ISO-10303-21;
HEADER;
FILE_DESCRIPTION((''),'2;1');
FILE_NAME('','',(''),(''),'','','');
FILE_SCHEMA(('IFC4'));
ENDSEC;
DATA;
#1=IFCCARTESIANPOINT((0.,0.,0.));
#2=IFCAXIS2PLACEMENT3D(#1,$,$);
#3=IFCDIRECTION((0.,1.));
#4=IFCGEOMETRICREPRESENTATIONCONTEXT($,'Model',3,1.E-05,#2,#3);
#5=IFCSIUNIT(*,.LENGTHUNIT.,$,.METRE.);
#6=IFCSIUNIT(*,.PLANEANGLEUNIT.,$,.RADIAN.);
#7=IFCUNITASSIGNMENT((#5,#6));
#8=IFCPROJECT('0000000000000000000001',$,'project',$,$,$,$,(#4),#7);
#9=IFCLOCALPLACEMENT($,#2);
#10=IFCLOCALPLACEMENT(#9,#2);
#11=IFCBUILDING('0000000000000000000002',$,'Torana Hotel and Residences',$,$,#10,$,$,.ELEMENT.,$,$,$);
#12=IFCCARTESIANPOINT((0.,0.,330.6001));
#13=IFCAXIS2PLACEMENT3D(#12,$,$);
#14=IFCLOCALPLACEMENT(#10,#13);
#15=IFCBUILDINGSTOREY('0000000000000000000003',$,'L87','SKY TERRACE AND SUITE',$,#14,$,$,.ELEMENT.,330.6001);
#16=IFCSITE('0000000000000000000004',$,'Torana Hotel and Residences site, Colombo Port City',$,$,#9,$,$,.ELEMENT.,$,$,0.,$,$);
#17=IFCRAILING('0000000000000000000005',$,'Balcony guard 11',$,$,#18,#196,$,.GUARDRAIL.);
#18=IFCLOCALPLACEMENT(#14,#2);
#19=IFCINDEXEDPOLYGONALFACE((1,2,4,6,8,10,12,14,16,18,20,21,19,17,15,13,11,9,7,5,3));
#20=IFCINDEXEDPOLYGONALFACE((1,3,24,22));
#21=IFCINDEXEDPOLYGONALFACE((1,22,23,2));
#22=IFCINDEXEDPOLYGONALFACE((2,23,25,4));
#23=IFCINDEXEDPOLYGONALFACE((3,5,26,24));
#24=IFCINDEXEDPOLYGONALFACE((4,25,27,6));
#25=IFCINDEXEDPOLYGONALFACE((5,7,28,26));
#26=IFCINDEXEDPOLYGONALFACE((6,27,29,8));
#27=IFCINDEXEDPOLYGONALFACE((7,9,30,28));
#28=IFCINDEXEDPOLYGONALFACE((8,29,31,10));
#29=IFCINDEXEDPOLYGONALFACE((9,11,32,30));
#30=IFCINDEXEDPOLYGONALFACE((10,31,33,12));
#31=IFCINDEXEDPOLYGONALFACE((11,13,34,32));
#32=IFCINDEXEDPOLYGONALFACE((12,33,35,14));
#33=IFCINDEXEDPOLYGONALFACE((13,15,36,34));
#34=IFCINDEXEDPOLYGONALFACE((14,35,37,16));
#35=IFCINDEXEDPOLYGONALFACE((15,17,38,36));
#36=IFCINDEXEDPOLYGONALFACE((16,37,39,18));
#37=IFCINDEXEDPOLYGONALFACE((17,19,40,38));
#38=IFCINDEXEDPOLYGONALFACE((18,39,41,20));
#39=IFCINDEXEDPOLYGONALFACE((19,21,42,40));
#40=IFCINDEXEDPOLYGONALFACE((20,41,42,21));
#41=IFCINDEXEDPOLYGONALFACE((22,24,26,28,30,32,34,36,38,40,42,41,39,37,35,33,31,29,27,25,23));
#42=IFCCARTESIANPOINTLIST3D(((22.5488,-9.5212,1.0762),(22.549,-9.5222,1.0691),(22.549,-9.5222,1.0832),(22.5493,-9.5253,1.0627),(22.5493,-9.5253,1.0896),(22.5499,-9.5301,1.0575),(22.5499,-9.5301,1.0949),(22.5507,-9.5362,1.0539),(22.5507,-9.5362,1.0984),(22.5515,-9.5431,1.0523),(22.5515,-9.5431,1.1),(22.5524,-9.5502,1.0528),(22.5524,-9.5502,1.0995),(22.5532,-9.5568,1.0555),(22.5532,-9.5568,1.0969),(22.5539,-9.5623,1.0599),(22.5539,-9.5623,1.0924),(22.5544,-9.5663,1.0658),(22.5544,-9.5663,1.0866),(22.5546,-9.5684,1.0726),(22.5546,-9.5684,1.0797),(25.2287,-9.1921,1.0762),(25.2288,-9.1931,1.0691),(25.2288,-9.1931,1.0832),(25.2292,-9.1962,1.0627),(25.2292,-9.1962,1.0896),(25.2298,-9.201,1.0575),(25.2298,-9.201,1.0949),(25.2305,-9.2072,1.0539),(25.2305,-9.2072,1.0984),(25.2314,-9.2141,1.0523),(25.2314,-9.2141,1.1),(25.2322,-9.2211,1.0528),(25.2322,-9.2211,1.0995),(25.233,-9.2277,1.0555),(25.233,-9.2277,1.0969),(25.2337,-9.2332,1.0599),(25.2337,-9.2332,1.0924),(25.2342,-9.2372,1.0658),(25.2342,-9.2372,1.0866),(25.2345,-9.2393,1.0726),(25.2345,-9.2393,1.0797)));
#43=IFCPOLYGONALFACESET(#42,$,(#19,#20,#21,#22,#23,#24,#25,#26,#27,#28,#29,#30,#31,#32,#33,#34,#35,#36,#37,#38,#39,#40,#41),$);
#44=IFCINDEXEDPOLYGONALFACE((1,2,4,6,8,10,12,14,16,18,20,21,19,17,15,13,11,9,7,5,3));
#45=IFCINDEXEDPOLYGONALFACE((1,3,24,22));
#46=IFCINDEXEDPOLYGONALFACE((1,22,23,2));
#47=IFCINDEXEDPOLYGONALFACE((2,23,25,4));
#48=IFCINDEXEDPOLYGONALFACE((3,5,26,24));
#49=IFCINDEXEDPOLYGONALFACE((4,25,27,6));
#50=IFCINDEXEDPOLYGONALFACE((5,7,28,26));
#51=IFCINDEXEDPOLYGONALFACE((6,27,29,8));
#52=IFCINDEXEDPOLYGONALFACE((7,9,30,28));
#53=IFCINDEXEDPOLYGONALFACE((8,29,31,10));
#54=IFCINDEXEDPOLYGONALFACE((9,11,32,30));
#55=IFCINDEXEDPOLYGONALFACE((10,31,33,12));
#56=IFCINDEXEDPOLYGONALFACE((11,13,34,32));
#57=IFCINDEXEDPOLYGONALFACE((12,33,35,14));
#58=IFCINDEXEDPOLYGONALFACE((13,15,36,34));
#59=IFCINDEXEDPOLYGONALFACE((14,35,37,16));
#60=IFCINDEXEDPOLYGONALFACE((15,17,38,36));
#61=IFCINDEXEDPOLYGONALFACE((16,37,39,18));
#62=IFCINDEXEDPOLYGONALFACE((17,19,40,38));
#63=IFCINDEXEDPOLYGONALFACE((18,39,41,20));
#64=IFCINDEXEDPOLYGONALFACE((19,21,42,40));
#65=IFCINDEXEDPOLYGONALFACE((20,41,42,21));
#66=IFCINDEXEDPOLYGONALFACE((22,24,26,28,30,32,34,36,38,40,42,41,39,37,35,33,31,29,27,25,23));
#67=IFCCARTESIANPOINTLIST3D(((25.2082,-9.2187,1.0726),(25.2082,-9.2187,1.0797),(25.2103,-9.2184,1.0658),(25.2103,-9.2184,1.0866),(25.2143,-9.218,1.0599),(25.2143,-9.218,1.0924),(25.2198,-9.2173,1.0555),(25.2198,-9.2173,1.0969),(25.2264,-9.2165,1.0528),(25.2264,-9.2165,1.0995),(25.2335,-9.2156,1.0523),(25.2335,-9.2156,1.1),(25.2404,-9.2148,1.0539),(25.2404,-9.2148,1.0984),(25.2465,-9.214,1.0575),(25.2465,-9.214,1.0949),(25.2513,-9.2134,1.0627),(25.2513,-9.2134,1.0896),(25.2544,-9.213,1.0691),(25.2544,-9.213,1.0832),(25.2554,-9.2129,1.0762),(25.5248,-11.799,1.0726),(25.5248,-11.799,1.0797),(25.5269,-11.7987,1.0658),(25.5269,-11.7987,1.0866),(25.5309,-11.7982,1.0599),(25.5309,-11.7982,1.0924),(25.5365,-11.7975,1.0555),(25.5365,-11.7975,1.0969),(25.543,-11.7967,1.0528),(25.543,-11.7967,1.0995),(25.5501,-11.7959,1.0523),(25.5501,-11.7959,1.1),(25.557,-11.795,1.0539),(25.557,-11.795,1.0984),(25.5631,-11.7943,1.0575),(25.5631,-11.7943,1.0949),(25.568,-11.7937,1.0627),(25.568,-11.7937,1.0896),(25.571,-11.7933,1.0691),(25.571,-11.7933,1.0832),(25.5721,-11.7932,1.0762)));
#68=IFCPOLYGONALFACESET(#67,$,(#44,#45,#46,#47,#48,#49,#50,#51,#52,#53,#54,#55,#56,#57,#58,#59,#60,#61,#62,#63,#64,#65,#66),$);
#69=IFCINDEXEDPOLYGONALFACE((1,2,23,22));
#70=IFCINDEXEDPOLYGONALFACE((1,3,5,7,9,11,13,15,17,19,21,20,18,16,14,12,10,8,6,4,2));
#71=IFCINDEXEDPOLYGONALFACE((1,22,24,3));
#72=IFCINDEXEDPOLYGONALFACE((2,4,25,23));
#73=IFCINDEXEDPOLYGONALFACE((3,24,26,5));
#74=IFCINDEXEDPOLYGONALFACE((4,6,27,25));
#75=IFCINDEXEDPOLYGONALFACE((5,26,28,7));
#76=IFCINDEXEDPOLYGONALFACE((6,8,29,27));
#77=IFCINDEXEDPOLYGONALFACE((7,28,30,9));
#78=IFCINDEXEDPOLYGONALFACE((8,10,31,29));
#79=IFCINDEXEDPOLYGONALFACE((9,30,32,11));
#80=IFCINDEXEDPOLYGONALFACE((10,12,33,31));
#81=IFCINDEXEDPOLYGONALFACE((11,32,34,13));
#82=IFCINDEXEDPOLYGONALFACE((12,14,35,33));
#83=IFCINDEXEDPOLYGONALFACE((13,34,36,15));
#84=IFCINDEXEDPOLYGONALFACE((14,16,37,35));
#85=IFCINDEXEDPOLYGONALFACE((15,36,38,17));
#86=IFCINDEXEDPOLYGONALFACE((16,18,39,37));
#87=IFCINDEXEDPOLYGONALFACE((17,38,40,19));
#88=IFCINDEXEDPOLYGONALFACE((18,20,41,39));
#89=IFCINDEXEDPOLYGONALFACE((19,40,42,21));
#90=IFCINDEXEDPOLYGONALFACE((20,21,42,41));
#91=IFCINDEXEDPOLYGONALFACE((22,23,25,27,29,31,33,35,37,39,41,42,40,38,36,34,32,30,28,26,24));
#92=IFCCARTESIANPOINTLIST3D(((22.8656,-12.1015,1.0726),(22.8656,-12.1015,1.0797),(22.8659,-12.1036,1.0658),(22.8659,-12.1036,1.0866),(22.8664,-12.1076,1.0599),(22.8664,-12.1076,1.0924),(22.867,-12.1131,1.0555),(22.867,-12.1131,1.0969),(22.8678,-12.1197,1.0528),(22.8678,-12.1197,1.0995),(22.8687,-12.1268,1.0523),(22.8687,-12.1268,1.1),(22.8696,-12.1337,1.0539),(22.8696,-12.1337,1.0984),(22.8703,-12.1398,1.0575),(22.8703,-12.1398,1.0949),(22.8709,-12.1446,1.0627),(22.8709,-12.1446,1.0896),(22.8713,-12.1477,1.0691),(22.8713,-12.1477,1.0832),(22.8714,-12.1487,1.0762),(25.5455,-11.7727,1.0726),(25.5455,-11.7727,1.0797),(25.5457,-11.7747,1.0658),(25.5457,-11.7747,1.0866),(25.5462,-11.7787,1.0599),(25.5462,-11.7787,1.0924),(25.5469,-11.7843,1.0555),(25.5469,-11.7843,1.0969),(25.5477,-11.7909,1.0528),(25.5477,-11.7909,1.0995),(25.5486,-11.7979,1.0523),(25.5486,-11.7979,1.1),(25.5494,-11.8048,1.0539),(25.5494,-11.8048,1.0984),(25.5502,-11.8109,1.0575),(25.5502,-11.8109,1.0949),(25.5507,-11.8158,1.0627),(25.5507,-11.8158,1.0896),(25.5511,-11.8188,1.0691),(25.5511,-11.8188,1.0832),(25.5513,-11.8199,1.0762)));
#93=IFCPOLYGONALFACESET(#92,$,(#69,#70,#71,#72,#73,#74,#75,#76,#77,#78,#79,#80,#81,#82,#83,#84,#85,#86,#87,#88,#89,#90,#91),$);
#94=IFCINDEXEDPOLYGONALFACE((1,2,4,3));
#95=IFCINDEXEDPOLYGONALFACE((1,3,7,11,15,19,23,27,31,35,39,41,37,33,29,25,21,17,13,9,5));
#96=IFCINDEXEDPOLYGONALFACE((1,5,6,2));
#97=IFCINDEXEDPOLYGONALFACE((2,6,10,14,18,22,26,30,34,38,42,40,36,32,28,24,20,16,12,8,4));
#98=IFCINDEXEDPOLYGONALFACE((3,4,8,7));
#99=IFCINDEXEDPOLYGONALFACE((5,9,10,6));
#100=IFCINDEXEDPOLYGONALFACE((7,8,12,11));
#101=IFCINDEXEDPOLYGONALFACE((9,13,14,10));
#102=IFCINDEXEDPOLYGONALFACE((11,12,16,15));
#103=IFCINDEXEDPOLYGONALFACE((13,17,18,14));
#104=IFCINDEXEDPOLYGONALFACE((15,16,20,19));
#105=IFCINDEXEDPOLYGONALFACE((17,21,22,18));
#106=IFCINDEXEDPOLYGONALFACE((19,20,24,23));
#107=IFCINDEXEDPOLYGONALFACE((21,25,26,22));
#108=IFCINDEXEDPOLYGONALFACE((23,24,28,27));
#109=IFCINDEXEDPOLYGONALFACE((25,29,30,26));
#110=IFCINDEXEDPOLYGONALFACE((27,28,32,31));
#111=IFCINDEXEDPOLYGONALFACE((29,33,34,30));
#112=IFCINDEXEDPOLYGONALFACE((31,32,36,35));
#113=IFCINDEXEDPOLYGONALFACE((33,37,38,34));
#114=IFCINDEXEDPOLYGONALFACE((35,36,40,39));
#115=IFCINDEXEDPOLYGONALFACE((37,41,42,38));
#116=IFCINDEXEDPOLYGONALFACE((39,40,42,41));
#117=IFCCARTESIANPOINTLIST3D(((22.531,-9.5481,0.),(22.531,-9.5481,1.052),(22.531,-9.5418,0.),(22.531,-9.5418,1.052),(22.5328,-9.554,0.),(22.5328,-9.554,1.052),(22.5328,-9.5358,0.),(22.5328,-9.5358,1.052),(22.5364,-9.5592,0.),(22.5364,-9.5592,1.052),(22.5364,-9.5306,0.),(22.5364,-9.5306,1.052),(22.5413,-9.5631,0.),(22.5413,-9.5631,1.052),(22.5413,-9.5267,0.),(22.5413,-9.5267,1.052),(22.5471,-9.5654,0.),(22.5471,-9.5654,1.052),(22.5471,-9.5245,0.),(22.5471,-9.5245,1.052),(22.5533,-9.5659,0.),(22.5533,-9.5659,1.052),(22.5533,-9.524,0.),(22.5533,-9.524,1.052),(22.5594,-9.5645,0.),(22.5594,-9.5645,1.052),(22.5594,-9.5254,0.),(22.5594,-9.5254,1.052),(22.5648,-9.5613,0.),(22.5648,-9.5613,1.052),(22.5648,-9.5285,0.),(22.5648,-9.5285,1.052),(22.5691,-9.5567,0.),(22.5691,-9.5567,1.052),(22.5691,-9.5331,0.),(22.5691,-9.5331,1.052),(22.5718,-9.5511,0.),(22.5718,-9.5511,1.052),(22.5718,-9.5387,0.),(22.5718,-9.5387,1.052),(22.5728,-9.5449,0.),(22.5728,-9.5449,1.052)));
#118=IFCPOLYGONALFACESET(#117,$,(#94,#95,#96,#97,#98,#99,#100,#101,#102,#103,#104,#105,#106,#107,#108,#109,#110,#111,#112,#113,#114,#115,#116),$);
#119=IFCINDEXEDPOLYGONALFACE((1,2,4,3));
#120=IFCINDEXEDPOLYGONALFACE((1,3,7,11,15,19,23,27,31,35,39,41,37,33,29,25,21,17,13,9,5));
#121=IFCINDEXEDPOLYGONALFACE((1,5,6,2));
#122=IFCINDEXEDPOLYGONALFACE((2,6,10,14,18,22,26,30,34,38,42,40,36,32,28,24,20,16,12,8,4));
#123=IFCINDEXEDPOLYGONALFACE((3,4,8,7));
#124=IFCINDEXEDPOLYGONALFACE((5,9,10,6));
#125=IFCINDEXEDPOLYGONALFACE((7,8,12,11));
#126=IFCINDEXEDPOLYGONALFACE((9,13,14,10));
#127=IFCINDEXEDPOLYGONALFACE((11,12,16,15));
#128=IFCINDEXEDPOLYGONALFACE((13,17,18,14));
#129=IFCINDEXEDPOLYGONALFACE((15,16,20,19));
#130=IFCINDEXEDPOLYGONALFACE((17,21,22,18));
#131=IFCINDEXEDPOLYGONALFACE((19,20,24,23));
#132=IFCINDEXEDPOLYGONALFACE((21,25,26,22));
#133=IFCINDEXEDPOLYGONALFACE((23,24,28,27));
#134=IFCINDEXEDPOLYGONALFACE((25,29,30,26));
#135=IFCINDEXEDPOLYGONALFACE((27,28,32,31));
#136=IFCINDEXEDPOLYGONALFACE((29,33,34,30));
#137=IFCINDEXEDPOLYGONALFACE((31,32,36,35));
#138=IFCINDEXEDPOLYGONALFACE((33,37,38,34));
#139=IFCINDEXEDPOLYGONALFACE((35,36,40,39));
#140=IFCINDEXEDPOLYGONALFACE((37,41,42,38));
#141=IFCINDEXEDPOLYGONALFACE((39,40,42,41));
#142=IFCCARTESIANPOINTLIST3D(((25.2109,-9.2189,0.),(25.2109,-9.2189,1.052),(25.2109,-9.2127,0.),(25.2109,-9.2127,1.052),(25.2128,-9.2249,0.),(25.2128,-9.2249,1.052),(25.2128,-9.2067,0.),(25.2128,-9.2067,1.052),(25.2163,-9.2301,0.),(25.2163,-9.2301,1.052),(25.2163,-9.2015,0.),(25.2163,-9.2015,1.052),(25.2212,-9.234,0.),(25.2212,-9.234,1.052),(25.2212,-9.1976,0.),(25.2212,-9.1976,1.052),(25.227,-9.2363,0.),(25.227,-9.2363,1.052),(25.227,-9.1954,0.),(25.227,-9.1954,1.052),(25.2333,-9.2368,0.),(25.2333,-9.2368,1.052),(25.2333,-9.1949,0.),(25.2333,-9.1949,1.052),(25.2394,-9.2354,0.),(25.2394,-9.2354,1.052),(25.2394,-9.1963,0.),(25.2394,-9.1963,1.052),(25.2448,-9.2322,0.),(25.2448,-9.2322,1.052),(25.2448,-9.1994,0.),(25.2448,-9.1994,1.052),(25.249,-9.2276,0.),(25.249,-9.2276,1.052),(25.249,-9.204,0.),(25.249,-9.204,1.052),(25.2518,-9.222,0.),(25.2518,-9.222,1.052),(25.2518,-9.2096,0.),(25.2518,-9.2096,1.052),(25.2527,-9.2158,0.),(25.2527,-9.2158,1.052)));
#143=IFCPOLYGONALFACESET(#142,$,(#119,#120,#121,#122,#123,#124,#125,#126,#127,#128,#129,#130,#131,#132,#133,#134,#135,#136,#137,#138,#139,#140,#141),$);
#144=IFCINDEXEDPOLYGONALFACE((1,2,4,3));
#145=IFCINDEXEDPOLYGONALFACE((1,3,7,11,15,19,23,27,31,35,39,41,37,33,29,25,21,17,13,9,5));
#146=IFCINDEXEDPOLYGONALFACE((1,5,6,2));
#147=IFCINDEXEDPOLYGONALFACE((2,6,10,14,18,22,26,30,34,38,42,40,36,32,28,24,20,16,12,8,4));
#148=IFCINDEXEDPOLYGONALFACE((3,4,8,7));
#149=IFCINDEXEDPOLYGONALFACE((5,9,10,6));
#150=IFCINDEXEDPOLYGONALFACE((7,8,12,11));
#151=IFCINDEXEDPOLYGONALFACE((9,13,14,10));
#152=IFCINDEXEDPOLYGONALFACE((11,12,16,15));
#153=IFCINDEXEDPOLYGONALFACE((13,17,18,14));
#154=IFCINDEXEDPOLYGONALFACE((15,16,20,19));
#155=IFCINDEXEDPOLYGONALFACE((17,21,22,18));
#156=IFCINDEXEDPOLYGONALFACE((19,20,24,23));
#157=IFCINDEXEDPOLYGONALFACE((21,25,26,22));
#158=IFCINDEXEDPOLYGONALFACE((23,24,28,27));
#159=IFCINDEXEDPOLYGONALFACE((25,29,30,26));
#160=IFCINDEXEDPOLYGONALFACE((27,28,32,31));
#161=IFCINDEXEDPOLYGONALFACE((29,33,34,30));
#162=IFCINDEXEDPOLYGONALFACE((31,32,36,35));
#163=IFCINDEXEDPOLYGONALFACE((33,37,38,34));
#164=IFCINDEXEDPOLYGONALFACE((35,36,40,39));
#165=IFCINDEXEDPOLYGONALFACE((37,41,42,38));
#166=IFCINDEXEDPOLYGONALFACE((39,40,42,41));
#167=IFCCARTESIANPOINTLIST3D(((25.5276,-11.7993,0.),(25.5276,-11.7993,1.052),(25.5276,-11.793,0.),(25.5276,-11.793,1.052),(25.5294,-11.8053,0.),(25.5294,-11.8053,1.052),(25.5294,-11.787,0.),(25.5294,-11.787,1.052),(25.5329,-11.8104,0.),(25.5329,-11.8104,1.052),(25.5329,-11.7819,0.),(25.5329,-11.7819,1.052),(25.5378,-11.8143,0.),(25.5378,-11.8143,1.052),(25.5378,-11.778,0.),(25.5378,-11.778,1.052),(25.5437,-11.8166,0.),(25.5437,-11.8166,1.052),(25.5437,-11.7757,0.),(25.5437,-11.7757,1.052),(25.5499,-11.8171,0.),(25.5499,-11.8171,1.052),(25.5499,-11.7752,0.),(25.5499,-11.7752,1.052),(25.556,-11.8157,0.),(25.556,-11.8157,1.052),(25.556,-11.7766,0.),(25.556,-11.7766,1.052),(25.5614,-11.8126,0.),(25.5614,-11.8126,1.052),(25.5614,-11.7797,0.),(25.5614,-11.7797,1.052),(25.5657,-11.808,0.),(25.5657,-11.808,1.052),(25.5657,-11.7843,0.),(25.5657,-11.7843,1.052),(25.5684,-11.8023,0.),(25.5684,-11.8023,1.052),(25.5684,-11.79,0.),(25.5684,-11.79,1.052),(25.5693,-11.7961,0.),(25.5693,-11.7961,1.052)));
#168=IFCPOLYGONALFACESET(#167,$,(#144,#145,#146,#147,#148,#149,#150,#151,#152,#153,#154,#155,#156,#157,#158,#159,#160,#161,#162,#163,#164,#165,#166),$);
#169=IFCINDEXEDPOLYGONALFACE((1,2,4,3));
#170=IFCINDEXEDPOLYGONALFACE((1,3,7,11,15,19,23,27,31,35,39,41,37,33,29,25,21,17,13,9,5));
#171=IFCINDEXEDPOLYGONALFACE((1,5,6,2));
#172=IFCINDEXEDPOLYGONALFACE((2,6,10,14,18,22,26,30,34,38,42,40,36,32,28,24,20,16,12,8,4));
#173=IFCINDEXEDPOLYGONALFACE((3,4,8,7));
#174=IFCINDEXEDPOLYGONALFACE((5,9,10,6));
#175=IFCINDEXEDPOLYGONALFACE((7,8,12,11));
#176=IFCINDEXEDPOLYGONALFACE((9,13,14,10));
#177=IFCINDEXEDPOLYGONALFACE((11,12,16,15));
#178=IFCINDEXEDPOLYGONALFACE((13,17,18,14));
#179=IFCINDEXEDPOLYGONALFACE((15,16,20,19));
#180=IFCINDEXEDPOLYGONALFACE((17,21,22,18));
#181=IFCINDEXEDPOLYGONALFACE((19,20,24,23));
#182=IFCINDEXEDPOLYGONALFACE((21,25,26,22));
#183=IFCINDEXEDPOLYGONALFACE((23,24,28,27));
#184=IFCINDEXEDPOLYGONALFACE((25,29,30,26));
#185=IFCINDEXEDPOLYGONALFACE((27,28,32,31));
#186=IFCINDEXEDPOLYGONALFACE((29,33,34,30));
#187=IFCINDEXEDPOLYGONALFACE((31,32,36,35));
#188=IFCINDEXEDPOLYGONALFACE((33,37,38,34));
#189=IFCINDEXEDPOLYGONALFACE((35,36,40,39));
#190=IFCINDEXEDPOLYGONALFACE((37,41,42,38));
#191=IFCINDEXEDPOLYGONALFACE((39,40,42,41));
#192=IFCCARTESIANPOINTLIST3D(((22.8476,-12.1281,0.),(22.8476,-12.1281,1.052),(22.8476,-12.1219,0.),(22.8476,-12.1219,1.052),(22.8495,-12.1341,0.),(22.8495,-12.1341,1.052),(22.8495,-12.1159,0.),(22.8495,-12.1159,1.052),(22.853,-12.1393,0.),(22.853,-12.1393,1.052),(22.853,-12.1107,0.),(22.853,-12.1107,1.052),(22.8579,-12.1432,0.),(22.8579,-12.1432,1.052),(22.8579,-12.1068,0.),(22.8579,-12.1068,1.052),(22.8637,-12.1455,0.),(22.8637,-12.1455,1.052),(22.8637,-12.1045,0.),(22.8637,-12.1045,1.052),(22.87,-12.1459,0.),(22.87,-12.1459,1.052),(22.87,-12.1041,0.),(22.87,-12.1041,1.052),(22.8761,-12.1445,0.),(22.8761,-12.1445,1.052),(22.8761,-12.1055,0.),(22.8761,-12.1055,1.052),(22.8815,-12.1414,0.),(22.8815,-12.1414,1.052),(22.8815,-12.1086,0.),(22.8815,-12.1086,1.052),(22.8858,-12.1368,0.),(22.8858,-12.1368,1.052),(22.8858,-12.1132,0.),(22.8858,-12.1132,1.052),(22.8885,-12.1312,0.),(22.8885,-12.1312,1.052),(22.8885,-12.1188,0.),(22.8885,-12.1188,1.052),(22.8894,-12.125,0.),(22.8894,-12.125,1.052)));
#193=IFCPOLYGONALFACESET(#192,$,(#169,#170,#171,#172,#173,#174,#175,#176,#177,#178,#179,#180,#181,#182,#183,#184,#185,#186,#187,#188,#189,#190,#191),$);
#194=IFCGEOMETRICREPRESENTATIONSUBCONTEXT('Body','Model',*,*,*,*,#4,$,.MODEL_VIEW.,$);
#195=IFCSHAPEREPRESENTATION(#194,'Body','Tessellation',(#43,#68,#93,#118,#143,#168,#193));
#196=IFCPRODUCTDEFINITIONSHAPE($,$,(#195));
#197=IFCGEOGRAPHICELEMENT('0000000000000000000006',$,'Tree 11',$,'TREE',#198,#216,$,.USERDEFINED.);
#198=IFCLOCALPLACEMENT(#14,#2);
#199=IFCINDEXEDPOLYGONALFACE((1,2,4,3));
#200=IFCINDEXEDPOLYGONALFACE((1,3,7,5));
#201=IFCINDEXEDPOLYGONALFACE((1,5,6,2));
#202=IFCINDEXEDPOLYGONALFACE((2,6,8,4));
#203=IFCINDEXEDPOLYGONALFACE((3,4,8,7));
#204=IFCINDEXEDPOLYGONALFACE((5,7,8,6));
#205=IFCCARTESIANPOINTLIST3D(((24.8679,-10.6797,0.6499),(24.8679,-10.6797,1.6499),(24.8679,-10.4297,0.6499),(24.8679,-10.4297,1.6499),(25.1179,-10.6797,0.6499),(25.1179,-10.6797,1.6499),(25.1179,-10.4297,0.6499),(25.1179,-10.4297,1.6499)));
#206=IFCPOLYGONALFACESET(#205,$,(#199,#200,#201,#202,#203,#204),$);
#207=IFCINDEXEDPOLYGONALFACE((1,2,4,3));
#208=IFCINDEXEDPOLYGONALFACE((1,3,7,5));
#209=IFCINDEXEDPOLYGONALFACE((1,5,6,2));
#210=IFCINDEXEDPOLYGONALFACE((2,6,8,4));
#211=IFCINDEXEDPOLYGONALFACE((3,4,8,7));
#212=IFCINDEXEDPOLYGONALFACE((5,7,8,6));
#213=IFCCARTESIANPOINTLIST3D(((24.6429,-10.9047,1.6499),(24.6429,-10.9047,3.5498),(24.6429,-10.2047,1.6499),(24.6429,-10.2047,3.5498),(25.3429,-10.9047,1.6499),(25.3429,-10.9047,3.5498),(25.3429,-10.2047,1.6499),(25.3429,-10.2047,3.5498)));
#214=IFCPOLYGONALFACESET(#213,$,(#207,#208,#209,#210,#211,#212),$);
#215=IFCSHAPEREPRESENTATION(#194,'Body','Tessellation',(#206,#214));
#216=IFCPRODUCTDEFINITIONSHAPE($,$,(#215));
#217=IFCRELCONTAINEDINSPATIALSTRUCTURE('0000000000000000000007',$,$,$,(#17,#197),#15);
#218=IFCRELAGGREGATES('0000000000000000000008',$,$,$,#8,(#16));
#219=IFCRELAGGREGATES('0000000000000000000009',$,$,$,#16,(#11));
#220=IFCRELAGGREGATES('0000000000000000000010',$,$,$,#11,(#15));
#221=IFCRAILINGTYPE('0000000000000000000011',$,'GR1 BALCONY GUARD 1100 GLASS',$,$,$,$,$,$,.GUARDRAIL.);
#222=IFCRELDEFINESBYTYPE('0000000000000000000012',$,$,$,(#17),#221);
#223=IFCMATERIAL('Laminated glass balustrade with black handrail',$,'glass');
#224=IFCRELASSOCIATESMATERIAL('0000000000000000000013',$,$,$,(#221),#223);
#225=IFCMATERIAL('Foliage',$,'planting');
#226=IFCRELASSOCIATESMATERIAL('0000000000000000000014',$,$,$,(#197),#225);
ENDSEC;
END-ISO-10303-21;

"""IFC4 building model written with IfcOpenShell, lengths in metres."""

from ifc_helpers import new_model, si_unit, direction, frame, origin, origin_2d, place, context, subcontext, project, spatial, rectangle, circle, extrude, material, type_object, element, save


model = new_model("IFC4")

# Units and contexts
model_context = context("Model", 3, precision=1e-05, world=origin(), true_north=direction((0.0, 1.0)))
body_context = subcontext(model_context, "Body", "Model", "MODEL_VIEW")
ifc_project = project(units=[si_unit("LENGTHUNIT", "METRE"), si_unit("PLANEANGLEUNIT", "RADIAN")], contexts=[model_context])

# Site, building, storey
site_placement = place(None, origin())
site = spatial("IfcSite", under=ifc_project, at=site_placement, Name="Torana Hotel and Residences site, Colombo Port City", CompositionType="ELEMENT", RefElevation=0.0)
building_placement = place(site_placement, origin())
building = spatial("IfcBuilding", under=site, at=building_placement, Name="Torana Hotel and Residences", CompositionType="ELEMENT")
storey_placement = place(building_placement, frame((0.0, 0.0, 330.6001)))
storey = spatial("IfcBuildingStorey", under=building, at=storey_placement, Name="L87", Description="SKY TERRACE AND SUITE", CompositionType="ELEMENT", Elevation=330.6001)

# Railing
ifc_material_1 = material(Name="Laminated glass balustrade with black handrail", Category="glass")
railing_type_1 = type_object("IfcRailingType", Name="GR1 BALCONY GUARD 1100 GLASS", PredefinedType="GUARDRAIL", material=ifc_material_1)
railing_1_placement = place(storey_placement, frame((22.5518, -9.5449, 0.0)))
element("IfcRailing", 1, at=railing_1_placement, inside=storey, type_object=railing_type_1, Name="Balcony guard 11", PredefinedType="GUARDRAIL", context=body_context, shape_type="SweptSolid", body=[
    extrude(circle(Radius=0.0239, at=origin_2d()), frame((0.0, 0.0, 1.0762), z_axis=(0.992544, 0.121887, 0.0), x_axis=(-0.121887, 0.992544, 0.0)), (0.0, 0.0, 1.0), 2.7),
    extrude(circle(Radius=0.0239, at=origin_2d()), frame((2.6799, 0.3291, 1.0762), z_axis=(0.121804, -0.992554, 0.0), x_axis=(0.992554, 0.121804, 0.0)), (0.0, 0.0, 1.0), 2.5996),
    extrude(circle(Radius=0.0239, at=origin_2d()), frame((2.9966, -2.2512, 1.0762), z_axis=(-0.992555, -0.121798, 0.0), x_axis=(0.121798, -0.992555, 0.0)), (0.0, 0.0, 1.0), 2.7),
    extrude(circle(Radius=0.021, at=origin_2d()), origin(), (0.0, 0.0, 1.0), 1.052),
    extrude(circle(Radius=0.021, at=origin_2d()), frame((2.6799, 0.3291, 0.0)), (0.0, 0.0, 1.0), 1.052),
    extrude(circle(Radius=0.021, at=origin_2d()), frame((2.9966, -2.2512, 0.0)), (0.0, 0.0, 1.0), 1.052),
    extrude(circle(Radius=0.021, at=origin_2d()), frame((0.3167, -2.5801, 0.0)), (0.0, 0.0, 1.0), 1.052),
])

# Geographic element
ifc_material_2 = material(Name="Foliage", Category="planting")
geographic_element_placement = place(storey_placement, frame((24.9929, -10.5547, 0.6499), z_axis=(0.0, 0.0, 1.0), x_axis=(1.0, 0.0, 0.0)))
element("IfcGeographicElement", 2, at=geographic_element_placement, inside=storey, material=ifc_material_2, Name="Tree 11", ObjectType="TREE", PredefinedType="USERDEFINED", context=body_context, shape_type="SweptSolid", body=[
    extrude(rectangle(XDim=0.25, YDim=0.25, at=origin_2d()), origin(), (0.0, 0.0, 1.0), 1.0),
    extrude(rectangle(XDim=0.7, YDim=0.7, at=origin_2d()), frame((0.0, 0.0, 1.0)), (0.0, 0.0, 1.0), 1.8999),
])

save(model, "model.ifc")
